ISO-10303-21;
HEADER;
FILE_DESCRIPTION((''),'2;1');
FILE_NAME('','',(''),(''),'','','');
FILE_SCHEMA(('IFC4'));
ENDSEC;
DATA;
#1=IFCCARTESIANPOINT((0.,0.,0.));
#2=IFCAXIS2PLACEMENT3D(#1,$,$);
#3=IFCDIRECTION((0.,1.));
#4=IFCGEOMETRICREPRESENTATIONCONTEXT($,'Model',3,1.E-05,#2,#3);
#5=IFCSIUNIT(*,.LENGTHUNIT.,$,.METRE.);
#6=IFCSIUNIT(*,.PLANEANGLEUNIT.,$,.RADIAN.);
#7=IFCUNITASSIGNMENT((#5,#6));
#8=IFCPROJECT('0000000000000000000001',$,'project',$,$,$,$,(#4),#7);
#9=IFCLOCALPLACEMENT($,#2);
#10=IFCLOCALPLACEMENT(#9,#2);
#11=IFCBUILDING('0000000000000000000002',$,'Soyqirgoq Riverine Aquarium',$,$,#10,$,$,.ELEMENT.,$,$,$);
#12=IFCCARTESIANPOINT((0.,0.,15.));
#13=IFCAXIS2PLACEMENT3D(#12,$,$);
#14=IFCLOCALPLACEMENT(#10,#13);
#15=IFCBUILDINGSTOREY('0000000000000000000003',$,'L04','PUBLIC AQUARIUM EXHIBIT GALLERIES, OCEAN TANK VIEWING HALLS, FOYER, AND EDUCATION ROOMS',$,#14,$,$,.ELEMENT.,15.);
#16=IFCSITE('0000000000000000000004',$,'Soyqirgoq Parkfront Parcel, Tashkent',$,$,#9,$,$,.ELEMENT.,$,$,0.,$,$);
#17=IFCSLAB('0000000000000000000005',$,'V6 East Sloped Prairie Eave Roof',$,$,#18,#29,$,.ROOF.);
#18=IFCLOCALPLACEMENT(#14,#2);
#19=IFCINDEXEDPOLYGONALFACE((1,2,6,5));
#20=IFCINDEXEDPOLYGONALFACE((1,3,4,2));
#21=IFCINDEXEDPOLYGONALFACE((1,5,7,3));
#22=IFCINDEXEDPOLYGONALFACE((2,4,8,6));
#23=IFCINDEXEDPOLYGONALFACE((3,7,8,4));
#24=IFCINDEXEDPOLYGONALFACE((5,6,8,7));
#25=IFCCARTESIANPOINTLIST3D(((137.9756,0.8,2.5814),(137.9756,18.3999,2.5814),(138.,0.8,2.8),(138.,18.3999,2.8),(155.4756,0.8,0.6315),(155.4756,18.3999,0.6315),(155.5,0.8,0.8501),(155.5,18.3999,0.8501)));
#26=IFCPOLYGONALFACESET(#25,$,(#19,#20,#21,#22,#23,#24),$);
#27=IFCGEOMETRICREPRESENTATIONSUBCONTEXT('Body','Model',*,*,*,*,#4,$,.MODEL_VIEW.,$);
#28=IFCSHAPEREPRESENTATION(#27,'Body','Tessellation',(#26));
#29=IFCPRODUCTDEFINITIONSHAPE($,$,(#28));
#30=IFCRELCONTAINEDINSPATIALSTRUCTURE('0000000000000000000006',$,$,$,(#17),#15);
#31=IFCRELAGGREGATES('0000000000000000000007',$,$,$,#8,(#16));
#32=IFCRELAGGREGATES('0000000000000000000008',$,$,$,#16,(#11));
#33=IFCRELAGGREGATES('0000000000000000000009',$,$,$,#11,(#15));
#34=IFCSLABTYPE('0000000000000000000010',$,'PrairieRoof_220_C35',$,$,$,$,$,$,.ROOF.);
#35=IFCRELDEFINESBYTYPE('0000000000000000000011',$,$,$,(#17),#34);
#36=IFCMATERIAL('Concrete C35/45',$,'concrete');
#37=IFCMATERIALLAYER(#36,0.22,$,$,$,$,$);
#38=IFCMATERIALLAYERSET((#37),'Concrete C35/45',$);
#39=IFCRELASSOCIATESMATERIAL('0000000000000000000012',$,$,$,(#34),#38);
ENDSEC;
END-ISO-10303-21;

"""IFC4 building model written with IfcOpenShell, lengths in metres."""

from ifc_helpers import new_model, si_unit, direction, frame, origin, place, context, subcontext, project, spatial, polyline, outline, extrude, material, layer, layer_set, type_object, element, save


model = new_model("IFC4")

# Units and contexts
model_context = context("Model", 3, precision=1e-05, world=origin(), true_north=direction((0.0, 1.0)))
body_context = subcontext(model_context, "Body", "Model", "MODEL_VIEW")
ifc_project = project(units=[si_unit("LENGTHUNIT", "METRE"), si_unit("PLANEANGLEUNIT", "RADIAN")], contexts=[model_context])

# Site, building, storey
site_placement = place(None, origin())
site = spatial("IfcSite", under=ifc_project, at=site_placement, Name="Soyqirgoq Parkfront Parcel, Tashkent", CompositionType="ELEMENT", RefElevation=0.0)
building_placement = place(site_placement, origin())
building = spatial("IfcBuilding", under=site, at=building_placement, Name="Soyqirgoq Riverine Aquarium", CompositionType="ELEMENT")
storey_placement = place(building_placement, frame((0.0, 0.0, 15.0)))
storey = spatial("IfcBuildingStorey", under=building, at=storey_placement, Name="L04", Description="PUBLIC AQUARIUM EXHIBIT GALLERIES, OCEAN TANK VIEWING HALLS, FOYER, AND EDUCATION ROOMS", CompositionType="ELEMENT", Elevation=15.0)

# Slab
ifc_material_1 = material(Name="Concrete C35/45", Category="concrete")
ifc_layer = layer(ifc_material_1, 0.22)
ifc_layer_set = layer_set([ifc_layer], Name="Concrete C35/45")
slab_type = type_object("IfcSlabType", Name="PrairieRoof_220_C35", PredefinedType="ROOF", material=ifc_layer_set)
slab_placement = place(storey_placement, frame((138.0, 0.8, 2.8), z_axis=(0.11074, 0.0, 0.993849), x_axis=(0.993849, 0.0, -0.11074)))
element("IfcSlab", 1, at=slab_placement, inside=storey, type_object=slab_type, Name="V6 East Sloped Prairie Eave Roof", PredefinedType="ROOF", context=body_context, shape_type="SweptSolid", body=[
    extrude(outline(polyline([(0.0, 0.0), (17.6083, 0.0), (17.6083, 17.5999), (0.0, 17.5999), (0.0, 0.0)])), origin(), (0.0, 0.0, -1.0), 0.22),
])

save(model, "model.ifc")
